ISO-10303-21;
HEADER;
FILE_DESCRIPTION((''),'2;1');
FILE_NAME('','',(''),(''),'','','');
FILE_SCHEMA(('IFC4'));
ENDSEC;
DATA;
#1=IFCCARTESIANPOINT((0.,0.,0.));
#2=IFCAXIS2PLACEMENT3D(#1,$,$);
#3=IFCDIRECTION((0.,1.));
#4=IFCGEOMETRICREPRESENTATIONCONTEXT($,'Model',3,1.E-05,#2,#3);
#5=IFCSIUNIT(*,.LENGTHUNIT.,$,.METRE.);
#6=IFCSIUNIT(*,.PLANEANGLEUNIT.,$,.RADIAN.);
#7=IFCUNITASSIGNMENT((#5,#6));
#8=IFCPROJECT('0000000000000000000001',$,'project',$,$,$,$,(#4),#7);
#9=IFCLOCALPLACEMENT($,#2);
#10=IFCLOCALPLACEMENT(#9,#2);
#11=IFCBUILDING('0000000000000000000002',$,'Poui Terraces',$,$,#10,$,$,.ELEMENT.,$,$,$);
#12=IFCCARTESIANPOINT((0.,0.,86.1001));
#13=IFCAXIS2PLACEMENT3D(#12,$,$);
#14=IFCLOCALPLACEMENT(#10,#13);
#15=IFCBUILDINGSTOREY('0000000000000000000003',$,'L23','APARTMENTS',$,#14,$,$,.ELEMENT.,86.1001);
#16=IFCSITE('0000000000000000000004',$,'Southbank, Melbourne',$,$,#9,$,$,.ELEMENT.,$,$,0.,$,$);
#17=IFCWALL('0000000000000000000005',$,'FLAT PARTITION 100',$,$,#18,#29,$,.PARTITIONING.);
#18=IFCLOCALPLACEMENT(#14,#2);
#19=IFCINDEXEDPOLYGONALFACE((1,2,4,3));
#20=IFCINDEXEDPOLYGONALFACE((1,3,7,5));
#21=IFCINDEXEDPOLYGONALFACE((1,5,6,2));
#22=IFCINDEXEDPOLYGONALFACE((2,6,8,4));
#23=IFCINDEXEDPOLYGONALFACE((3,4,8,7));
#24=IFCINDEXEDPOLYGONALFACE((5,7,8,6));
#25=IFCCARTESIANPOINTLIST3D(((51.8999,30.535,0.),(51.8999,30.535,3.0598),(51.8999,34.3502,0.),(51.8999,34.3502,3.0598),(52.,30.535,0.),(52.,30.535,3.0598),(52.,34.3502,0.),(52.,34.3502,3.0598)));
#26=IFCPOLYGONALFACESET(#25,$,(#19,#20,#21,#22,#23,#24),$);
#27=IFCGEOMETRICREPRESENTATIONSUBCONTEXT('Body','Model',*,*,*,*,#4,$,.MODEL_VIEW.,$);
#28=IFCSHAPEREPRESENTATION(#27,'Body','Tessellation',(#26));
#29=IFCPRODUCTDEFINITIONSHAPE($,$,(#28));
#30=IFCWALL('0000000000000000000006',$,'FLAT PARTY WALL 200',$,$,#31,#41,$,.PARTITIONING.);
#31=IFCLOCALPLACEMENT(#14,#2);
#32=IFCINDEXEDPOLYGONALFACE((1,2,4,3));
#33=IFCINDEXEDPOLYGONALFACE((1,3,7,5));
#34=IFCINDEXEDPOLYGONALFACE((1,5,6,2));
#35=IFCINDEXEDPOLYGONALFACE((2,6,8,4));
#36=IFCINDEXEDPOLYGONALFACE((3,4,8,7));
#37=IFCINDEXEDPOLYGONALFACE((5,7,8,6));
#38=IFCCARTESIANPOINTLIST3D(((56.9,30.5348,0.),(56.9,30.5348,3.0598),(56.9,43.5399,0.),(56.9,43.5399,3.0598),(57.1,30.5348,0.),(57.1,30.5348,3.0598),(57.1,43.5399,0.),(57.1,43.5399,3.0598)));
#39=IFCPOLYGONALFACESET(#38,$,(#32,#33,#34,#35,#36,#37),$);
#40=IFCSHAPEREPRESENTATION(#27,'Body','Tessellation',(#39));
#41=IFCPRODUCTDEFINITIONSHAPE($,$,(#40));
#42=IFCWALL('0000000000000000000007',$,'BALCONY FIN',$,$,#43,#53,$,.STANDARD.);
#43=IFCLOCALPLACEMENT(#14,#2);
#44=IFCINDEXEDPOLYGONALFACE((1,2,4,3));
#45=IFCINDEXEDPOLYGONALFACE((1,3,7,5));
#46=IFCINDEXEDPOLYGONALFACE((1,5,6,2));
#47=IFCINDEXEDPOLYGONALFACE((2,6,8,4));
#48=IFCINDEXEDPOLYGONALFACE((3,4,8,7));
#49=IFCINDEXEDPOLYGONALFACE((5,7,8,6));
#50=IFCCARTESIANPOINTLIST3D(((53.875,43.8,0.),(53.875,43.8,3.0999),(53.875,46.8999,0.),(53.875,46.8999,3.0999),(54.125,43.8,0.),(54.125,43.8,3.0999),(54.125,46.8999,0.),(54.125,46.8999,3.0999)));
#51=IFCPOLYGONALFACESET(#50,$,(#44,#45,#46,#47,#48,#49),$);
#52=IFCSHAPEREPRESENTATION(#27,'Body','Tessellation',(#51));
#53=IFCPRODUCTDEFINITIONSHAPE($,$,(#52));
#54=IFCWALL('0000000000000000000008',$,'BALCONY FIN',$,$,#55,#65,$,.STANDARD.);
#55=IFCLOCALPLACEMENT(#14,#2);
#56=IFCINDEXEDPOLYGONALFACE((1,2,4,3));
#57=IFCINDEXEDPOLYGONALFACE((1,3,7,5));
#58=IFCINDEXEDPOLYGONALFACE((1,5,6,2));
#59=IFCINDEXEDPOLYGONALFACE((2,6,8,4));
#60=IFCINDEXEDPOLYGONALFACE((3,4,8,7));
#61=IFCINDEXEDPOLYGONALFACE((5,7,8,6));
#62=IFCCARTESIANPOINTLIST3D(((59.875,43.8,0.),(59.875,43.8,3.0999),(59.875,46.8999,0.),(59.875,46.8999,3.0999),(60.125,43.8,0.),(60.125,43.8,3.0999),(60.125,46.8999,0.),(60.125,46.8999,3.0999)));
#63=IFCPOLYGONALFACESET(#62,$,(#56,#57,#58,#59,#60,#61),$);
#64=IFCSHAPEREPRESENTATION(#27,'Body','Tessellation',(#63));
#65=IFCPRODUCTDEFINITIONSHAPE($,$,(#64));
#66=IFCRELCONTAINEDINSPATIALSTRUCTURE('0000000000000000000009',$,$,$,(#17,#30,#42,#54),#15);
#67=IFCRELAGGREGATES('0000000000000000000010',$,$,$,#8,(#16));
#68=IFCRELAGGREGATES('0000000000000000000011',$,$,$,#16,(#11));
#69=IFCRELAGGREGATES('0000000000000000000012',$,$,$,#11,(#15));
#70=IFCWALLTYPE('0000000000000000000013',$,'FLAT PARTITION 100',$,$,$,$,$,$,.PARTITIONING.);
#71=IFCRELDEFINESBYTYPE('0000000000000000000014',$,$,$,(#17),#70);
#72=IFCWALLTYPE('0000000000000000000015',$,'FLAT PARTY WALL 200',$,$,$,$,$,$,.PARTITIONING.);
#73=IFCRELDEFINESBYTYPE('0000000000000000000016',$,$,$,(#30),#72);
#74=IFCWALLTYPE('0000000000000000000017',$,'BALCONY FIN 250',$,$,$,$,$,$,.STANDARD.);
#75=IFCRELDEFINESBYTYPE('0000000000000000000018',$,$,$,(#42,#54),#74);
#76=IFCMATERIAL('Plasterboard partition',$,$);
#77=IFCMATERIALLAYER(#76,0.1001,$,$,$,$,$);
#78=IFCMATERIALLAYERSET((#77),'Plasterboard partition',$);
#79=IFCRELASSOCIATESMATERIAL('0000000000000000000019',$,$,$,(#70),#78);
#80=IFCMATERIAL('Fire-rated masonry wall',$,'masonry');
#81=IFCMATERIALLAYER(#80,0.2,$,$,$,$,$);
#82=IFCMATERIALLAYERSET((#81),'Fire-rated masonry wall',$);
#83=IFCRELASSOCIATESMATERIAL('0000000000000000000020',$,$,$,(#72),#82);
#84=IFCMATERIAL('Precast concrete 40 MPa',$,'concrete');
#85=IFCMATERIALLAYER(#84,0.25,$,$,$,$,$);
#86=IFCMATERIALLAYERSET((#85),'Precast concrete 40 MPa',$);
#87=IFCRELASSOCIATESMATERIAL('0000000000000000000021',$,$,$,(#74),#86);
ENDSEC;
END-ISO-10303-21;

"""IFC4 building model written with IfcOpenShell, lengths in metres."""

from ifc_helpers import new_model, si_unit, direction, frame, frame_2d, origin, place, context, subcontext, project, spatial, polyline, rectangle, outline, extrude, source, transform, mapped, material, layer, layer_set, type_object, element, save


model = new_model("IFC4")

# Units and contexts
model_context = context("Model", 3, precision=1e-05, world=origin(), true_north=direction((0.0, 1.0)))
body_context = subcontext(model_context, "Body", "Model", "MODEL_VIEW")
ifc_project = project(units=[si_unit("LENGTHUNIT", "METRE"), si_unit("PLANEANGLEUNIT", "RADIAN")], contexts=[model_context])

# Site, building, storey
site_placement = place(None, origin())
site = spatial("IfcSite", under=ifc_project, at=site_placement, Name="Southbank, Melbourne", CompositionType="ELEMENT", RefElevation=0.0)
building_placement = place(site_placement, origin())
building = spatial("IfcBuilding", under=site, at=building_placement, Name="Poui Terraces", CompositionType="ELEMENT")
storey_placement = place(building_placement, frame((0.0, 0.0, 86.1001)))
storey = spatial("IfcBuildingStorey", under=building, at=storey_placement, Name="L23", Description="APARTMENTS", CompositionType="ELEMENT", Elevation=86.1001)

# Shared definitions
ifc_material_1 = material(Name="Plasterboard partition")
ifc_layer_1 = layer(ifc_material_1, 0.1001)
ifc_layer_set_1 = layer_set([ifc_layer_1], Name="Plasterboard partition")
wall_type_1 = type_object("IfcWallType", Name="FLAT PARTITION 100", PredefinedType="PARTITIONING", material=ifc_layer_set_1)

# Walls
wall_1_placement = place(storey_placement, frame((51.95, 30.5349, 0.0), z_axis=(0.0, 0.0, 1.0), x_axis=(0.0, 1.0, 0.0)))
element("IfcWall", 1, at=wall_1_placement, inside=storey, type_object=wall_type_1, Name="FLAT PARTITION 100", PredefinedType="PARTITIONING", context=body_context, shape_type="SweptSolid", body=[
    extrude(rectangle(XDim=3.8152, YDim=0.1001, at=frame_2d((1.9077, 0.0))), origin(), (0.0, 0.0, 1.0), 3.0598),
])
ifc_material_2 = material(Name="Fire-rated masonry wall", Category="masonry")
ifc_layer_2 = layer(ifc_material_2, 0.2)
ifc_layer_set_2 = layer_set([ifc_layer_2], Name="Fire-rated masonry wall")
wall_type_2 = type_object("IfcWallType", Name="FLAT PARTY WALL 200", PredefinedType="PARTITIONING", material=ifc_layer_set_2)
wall_2_placement = place(storey_placement, frame((57.0, 30.5349, 0.0), z_axis=(0.0, 0.0, 1.0), x_axis=(0.0, 1.0, 0.0)))
element("IfcWall", 2, at=wall_2_placement, inside=storey, type_object=wall_type_2, Name="FLAT PARTY WALL 200", PredefinedType="PARTITIONING", context=body_context, shape_type="SweptSolid", body=[
    extrude(rectangle(XDim=13.0051, YDim=0.2, at=frame_2d((6.5024, 0.0))), origin(), (0.0, 0.0, 1.0), 3.0598),
])
ifc_material_3 = material(Name="Precast concrete 40 MPa", Category="concrete")
ifc_layer_3 = layer(ifc_material_3, 0.25)
ifc_layer_set_3 = layer_set([ifc_layer_3], Name="Precast concrete 40 MPa")
wall_type_3 = type_object("IfcWallType", Name="BALCONY FIN 250", PredefinedType="STANDARD", material=ifc_layer_set_3)
shared_shape_1 = source(origin(), body_context, "Body", "SweptSolid", [
    extrude(outline(polyline([(0.0, 0.0), (0.25, 0.0), (0.25, 3.0999), (0.0, 3.0999), (0.0, 0.0)])), origin(), (0.0, 0.0, 1.0), 3.0999),
])
for number, where, name in (
    (3, (53.875, 43.8, 0.0), "BALCONY FIN"),
    (4, (59.875, 43.8, 0.0), "BALCONY FIN"),
):
    element("IfcWall", number, at=place(storey_placement, frame(where)), inside=storey, type_object=wall_type_3, Name=name, PredefinedType="STANDARD", context=body_context, shape_type="MappedRepresentation", body=[
        mapped(shared_shape_1, transform((0.0, 0.0, 0.0))),
    ])

save(model, "model.ifc")
